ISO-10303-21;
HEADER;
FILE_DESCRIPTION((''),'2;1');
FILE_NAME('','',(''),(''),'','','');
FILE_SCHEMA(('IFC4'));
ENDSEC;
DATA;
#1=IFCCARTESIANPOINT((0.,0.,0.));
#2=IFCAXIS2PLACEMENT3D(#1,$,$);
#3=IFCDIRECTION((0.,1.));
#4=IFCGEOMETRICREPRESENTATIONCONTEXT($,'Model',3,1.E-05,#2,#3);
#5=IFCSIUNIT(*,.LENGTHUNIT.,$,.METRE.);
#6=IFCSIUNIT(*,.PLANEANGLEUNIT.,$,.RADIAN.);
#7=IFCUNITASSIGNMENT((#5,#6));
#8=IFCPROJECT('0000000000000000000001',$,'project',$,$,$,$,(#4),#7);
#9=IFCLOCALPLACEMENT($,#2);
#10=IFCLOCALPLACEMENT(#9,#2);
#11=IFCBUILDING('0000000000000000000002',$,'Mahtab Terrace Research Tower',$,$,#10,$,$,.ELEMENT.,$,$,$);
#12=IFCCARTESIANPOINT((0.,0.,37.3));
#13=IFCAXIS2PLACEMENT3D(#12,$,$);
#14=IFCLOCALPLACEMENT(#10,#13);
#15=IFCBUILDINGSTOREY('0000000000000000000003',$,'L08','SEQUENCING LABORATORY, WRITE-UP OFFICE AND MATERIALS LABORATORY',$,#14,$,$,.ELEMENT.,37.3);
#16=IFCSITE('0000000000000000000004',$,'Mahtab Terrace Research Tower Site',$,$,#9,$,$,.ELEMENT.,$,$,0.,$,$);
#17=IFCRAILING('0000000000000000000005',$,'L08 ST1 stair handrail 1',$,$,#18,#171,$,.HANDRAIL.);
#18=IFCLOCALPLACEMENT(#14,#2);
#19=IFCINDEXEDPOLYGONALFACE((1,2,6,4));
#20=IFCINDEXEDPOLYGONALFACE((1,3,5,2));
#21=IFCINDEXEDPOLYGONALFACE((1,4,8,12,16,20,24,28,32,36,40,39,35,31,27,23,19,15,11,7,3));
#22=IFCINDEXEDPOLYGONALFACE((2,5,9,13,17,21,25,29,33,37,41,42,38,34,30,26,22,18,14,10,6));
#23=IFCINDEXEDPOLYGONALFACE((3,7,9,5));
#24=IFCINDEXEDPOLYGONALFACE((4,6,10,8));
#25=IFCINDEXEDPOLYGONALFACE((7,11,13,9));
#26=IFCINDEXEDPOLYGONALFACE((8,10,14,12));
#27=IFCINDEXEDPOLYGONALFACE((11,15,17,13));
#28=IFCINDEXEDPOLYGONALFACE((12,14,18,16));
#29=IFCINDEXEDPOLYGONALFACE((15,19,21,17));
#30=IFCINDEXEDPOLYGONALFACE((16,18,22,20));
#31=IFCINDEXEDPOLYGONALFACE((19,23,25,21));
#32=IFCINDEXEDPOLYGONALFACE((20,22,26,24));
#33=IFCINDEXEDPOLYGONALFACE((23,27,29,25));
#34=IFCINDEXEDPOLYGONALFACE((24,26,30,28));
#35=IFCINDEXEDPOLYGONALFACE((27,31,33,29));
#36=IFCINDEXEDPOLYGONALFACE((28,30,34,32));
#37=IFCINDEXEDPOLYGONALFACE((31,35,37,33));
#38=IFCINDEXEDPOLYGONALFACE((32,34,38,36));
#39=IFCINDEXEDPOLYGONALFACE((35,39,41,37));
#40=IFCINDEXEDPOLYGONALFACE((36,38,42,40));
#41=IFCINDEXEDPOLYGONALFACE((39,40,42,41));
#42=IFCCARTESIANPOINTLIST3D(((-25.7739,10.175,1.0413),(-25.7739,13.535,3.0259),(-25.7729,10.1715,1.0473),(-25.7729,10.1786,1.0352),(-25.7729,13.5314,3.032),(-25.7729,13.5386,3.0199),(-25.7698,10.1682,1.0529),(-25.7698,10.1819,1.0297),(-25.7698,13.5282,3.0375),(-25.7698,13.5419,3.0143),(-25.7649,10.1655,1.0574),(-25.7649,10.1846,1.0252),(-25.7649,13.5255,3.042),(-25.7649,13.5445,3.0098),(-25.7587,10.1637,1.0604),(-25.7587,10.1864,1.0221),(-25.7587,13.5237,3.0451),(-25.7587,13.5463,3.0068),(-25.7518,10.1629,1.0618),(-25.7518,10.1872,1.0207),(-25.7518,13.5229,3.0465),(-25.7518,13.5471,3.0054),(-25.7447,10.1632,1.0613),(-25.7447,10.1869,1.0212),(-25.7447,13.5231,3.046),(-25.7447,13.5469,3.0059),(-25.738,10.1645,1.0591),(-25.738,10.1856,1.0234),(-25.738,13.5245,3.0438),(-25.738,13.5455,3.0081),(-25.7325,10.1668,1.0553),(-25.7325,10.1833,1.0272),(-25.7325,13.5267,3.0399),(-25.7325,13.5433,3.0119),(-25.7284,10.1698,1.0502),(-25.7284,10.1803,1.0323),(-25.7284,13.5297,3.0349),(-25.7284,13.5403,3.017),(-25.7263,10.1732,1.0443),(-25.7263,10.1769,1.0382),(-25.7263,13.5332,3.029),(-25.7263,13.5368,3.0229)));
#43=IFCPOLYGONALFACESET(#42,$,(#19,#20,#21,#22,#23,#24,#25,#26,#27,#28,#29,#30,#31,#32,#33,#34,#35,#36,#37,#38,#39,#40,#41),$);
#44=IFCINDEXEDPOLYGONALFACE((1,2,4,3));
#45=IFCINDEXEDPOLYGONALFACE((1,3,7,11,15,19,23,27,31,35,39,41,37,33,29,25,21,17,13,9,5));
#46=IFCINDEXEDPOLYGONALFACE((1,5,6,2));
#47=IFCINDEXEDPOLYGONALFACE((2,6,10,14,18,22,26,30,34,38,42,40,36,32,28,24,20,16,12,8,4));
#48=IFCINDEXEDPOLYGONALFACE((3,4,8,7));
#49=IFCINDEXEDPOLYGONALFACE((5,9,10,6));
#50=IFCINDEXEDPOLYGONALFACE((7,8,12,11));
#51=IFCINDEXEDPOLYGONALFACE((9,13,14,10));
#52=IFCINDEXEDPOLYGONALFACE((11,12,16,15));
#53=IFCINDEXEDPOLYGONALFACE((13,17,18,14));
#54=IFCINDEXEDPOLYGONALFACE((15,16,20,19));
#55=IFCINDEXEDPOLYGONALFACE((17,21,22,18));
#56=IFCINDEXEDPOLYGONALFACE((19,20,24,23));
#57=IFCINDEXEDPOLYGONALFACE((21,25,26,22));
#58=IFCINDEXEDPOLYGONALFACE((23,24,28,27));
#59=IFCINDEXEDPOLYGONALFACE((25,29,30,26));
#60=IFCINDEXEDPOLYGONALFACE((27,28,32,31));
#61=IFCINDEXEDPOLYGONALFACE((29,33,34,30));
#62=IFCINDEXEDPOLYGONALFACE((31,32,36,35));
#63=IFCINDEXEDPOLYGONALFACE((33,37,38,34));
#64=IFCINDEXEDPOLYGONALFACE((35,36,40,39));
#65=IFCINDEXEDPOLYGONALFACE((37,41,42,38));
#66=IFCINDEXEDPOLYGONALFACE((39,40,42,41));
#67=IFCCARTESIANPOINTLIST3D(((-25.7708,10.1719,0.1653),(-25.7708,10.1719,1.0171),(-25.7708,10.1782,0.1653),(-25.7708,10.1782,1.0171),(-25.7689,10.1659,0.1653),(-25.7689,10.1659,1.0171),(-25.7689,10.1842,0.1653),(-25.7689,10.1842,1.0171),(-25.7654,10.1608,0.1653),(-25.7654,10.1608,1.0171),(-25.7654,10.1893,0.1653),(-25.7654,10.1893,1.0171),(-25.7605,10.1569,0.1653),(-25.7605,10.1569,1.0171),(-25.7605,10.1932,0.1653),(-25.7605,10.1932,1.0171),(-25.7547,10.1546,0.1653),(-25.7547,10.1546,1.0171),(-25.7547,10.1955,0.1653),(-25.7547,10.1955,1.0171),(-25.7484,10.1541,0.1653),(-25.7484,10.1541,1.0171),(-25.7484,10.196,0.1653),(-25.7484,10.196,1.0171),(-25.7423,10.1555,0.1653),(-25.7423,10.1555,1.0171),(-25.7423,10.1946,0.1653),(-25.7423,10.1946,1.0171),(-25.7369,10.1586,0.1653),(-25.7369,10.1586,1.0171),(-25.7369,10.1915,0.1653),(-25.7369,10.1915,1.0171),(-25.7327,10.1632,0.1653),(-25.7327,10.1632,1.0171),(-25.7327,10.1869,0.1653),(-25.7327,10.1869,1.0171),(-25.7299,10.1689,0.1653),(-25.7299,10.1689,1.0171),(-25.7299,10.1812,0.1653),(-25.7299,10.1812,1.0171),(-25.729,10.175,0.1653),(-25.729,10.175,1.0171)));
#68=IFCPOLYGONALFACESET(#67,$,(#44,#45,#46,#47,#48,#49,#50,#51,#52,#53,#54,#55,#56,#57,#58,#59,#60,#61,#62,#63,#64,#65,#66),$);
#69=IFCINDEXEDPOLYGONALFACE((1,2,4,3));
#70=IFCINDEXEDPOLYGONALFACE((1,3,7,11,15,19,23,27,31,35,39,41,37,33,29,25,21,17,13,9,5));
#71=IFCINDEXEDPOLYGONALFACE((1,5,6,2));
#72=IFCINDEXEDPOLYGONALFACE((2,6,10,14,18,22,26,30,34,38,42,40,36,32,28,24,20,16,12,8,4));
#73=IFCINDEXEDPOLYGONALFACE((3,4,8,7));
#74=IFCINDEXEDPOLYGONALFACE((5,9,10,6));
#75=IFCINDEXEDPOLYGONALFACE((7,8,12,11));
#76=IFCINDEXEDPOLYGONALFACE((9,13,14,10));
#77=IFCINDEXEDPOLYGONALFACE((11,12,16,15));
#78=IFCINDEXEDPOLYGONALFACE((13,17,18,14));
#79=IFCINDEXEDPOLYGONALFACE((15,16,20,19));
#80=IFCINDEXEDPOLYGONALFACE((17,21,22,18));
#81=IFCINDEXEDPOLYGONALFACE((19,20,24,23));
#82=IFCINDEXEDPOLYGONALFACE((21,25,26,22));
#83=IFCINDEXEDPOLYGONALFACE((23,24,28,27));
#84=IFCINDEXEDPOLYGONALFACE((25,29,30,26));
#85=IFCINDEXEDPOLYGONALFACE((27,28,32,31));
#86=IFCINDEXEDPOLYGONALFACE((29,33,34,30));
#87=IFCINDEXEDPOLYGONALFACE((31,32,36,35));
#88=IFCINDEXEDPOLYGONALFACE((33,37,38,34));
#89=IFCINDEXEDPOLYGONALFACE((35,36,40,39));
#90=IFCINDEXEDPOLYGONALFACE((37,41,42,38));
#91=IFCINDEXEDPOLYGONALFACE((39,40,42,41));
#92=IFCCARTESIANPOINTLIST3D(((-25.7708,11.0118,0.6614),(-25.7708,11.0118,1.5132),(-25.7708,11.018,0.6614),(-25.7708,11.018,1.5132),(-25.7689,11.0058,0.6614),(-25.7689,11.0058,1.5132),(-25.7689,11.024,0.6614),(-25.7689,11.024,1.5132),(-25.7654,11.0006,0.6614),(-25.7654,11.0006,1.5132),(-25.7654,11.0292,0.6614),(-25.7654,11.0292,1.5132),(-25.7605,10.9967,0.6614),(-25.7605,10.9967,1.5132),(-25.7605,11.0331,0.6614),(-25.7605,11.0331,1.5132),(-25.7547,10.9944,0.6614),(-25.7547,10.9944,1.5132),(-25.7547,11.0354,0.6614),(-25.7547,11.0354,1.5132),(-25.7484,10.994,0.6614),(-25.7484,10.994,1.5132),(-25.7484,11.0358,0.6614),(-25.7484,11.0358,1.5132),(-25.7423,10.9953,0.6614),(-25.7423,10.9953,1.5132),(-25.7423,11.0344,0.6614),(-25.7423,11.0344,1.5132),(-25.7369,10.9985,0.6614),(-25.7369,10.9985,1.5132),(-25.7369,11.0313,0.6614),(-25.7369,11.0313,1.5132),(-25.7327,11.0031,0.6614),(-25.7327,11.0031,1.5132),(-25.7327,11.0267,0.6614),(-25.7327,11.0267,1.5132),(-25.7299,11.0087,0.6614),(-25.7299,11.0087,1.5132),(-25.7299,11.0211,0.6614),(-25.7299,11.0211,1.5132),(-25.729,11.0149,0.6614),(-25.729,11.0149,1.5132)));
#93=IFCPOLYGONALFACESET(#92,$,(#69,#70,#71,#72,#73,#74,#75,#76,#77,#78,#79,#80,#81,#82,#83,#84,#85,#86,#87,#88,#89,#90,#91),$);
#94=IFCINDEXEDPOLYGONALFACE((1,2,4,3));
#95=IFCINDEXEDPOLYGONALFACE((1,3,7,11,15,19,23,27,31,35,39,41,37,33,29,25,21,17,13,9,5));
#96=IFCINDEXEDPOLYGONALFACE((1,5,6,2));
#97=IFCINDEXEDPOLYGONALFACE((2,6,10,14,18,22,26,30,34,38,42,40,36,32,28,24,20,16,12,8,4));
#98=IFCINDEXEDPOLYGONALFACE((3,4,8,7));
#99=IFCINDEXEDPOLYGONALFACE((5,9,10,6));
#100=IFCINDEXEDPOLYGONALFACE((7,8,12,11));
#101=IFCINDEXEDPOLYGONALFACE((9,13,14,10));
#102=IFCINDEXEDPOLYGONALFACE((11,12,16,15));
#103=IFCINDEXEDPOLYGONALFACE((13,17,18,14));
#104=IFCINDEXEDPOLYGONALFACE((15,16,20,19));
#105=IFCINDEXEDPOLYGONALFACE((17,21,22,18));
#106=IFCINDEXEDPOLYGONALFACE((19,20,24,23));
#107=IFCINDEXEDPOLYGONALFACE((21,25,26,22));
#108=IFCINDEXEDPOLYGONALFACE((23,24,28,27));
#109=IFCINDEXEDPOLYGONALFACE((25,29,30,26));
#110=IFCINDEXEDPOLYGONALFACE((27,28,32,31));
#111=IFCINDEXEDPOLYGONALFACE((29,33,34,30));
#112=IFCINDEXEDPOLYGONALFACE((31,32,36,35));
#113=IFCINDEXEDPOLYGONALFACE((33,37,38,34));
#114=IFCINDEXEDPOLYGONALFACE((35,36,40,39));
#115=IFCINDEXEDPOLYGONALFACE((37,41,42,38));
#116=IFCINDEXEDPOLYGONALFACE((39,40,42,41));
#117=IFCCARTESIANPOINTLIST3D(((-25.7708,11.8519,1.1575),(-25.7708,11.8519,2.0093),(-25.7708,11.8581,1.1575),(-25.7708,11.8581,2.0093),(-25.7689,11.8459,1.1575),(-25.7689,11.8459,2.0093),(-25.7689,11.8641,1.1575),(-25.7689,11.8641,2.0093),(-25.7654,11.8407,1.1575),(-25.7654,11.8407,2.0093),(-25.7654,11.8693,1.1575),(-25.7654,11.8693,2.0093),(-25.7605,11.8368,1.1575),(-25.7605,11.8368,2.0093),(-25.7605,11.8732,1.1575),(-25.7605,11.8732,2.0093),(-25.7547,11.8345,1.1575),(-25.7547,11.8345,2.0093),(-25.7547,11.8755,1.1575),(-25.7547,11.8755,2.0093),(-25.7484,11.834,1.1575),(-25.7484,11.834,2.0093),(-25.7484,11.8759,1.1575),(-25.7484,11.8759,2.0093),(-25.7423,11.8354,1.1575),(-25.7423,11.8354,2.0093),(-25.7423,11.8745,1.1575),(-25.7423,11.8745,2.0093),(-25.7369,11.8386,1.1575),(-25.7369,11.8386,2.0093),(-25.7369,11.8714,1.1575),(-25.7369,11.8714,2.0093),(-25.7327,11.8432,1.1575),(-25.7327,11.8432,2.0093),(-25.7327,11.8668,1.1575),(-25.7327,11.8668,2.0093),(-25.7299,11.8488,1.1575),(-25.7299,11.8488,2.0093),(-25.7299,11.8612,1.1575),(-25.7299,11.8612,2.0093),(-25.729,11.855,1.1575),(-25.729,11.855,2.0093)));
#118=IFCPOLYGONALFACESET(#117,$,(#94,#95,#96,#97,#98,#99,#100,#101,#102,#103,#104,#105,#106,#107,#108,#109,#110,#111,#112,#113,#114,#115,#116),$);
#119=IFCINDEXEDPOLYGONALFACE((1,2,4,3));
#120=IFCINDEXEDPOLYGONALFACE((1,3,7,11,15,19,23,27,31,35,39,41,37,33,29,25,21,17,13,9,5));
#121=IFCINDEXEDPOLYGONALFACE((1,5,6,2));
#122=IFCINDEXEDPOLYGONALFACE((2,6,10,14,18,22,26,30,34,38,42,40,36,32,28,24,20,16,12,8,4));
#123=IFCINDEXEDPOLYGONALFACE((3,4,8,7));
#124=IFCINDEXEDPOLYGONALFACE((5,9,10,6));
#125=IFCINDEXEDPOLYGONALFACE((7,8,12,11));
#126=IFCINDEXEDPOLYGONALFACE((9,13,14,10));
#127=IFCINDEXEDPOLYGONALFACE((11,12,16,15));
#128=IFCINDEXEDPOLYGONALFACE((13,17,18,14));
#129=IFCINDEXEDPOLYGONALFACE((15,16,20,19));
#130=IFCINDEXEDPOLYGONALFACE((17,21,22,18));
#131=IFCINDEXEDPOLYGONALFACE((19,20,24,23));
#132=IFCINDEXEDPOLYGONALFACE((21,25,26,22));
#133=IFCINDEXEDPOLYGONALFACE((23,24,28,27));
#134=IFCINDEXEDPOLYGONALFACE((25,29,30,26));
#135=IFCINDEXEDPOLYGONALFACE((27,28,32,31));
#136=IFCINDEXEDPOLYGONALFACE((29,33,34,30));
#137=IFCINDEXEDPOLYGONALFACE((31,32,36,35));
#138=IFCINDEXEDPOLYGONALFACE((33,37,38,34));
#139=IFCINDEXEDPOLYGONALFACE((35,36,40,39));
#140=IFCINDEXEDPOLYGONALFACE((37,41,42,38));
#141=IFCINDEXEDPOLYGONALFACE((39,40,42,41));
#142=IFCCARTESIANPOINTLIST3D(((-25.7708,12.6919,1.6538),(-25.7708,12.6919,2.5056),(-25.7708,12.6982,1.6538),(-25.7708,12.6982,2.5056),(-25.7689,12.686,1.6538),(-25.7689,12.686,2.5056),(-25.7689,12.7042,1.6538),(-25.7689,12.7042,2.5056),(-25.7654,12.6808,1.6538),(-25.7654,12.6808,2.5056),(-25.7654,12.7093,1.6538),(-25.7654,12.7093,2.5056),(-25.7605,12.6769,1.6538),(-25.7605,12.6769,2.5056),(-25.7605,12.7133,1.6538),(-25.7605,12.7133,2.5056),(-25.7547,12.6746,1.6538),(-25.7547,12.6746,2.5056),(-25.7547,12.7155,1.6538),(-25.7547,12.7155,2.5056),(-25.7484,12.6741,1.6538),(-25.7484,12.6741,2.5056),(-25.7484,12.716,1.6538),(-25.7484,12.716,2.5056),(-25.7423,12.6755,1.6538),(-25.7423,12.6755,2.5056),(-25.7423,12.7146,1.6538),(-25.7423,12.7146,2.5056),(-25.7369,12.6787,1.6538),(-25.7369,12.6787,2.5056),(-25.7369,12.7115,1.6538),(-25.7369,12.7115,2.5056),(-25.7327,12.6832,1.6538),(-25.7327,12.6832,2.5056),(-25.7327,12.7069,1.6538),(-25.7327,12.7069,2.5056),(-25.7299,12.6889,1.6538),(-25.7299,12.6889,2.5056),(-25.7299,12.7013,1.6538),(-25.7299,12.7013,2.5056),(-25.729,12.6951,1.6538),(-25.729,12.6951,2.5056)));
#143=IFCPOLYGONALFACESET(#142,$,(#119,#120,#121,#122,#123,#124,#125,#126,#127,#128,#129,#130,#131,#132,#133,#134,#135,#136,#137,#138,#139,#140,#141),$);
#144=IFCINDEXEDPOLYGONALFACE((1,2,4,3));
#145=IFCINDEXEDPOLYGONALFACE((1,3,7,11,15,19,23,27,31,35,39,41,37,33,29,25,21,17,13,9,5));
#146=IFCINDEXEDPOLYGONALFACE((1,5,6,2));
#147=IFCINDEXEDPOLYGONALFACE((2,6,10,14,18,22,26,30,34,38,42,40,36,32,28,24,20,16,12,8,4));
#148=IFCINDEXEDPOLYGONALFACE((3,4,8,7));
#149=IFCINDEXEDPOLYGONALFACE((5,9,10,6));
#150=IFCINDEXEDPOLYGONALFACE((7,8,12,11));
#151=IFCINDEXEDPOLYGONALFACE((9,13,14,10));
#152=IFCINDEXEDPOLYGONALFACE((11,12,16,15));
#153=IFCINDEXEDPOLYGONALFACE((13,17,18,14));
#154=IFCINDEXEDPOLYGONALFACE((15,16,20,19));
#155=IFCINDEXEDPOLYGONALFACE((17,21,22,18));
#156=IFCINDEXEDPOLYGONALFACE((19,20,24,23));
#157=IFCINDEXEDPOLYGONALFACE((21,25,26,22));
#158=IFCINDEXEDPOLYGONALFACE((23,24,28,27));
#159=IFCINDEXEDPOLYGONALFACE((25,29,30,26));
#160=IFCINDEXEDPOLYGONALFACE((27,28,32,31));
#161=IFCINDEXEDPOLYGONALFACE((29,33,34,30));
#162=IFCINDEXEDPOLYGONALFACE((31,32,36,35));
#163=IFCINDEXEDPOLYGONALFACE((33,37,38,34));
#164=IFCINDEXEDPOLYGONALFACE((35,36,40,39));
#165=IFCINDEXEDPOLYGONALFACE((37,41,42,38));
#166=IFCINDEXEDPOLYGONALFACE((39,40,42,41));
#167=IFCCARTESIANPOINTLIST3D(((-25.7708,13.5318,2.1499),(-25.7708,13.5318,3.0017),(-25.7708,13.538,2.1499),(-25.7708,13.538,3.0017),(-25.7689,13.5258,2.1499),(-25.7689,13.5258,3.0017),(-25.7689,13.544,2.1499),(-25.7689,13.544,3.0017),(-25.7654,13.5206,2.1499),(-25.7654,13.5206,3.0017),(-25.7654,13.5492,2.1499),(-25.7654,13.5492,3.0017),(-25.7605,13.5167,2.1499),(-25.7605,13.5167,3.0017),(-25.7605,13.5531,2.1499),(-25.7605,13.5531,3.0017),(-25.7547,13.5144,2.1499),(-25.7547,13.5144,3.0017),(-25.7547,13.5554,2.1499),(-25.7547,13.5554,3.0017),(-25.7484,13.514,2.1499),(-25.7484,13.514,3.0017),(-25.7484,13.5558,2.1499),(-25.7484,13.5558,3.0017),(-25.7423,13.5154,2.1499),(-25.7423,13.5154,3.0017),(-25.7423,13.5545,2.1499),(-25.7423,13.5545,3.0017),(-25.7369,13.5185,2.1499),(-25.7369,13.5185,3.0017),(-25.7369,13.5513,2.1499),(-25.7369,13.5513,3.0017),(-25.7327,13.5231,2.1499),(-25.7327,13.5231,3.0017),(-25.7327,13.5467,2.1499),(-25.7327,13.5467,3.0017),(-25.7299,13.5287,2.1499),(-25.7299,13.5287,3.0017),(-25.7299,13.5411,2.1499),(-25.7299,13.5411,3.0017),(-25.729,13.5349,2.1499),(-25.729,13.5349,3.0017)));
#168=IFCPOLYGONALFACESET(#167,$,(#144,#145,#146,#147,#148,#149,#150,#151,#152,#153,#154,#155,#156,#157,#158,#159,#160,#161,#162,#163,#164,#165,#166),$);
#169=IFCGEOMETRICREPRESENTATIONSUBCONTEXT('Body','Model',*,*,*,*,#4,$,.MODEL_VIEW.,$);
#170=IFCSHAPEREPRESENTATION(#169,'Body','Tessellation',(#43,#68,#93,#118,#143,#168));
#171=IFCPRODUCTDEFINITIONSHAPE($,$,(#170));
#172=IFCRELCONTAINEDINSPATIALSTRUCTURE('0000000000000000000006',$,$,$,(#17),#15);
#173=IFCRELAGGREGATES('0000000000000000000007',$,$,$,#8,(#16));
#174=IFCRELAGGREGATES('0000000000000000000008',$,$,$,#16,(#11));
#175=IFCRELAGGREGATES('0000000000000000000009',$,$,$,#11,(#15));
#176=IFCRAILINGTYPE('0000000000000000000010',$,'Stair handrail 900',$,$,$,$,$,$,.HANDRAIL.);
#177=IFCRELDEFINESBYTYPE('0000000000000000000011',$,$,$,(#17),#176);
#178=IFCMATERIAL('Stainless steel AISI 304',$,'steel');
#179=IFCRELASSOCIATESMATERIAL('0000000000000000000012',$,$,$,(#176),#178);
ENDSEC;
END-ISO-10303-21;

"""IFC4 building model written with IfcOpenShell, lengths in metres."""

from ifc_helpers import new_model, si_unit, direction, frame, origin, origin_2d, place, context, subcontext, project, spatial, circle, extrude, material, type_object, element, save


model = new_model("IFC4")

# Units and contexts
model_context = context("Model", 3, precision=1e-05, world=origin(), true_north=direction((0.0, 1.0)))
body_context = subcontext(model_context, "Body", "Model", "MODEL_VIEW")
ifc_project = project(units=[si_unit("LENGTHUNIT", "METRE"), si_unit("PLANEANGLEUNIT", "RADIAN")], contexts=[model_context])

# Site, building, storey
site_placement = place(None, origin())
site = spatial("IfcSite", under=ifc_project, at=site_placement, Name="Mahtab Terrace Research Tower Site", CompositionType="ELEMENT", RefElevation=0.0)
building_placement = place(site_placement, origin())
building = spatial("IfcBuilding", under=site, at=building_placement, Name="Mahtab Terrace Research Tower", CompositionType="ELEMENT")
storey_placement = place(building_placement, frame((0.0, 0.0, 37.3)))
storey = spatial("IfcBuildingStorey", under=building, at=storey_placement, Name="L08", Description="SEQUENCING LABORATORY, WRITE-UP OFFICE AND MATERIALS LABORATORY", CompositionType="ELEMENT", Elevation=37.3)

# Railing
ifc_material_1 = material(Name="Stainless steel AISI 304", Category="steel")
railing_type_1 = type_object("IfcRailingType", Name="Stair handrail 900", PredefinedType="HANDRAIL", material=ifc_material_1)
railing_1_placement = place(storey_placement, frame((-25.75, 10.175, 0.1653)))
element("IfcRailing", 1, at=railing_1_placement, inside=storey, type_object=railing_type_1, Name="L08 ST1 stair handrail 1", PredefinedType="HANDRAIL", context=body_context, shape_type="SweptSolid", body=[
    extrude(circle(Radius=0.0239, at=origin_2d()), frame((0.0, 0.0, 0.876), z_axis=(0.0, 0.861011, 0.508586), x_axis=(-1.0, 0.0, 0.0)), (0.0, 0.0, 1.0), 3.9023),
    extrude(circle(Radius=0.021, at=origin_2d()), origin(), (0.0, 0.0, 1.0), 0.8518),
    extrude(circle(Radius=0.021, at=origin_2d()), frame((0.0, 0.8398, 0.4961)), (0.0, 0.0, 1.0), 0.8518),
    extrude(circle(Radius=0.021, at=origin_2d()), frame((0.0, 1.6799, 0.9922)), (0.0, 0.0, 1.0), 0.8518),
    extrude(circle(Radius=0.021, at=origin_2d()), frame((0.0, 2.52, 1.4885)), (0.0, 0.0, 1.0), 0.8518),
    extrude(circle(Radius=0.021, at=origin_2d()), frame((0.0, 3.3599, 1.9846)), (0.0, 0.0, 1.0), 0.8518),
])

save(model, "model.ifc")
